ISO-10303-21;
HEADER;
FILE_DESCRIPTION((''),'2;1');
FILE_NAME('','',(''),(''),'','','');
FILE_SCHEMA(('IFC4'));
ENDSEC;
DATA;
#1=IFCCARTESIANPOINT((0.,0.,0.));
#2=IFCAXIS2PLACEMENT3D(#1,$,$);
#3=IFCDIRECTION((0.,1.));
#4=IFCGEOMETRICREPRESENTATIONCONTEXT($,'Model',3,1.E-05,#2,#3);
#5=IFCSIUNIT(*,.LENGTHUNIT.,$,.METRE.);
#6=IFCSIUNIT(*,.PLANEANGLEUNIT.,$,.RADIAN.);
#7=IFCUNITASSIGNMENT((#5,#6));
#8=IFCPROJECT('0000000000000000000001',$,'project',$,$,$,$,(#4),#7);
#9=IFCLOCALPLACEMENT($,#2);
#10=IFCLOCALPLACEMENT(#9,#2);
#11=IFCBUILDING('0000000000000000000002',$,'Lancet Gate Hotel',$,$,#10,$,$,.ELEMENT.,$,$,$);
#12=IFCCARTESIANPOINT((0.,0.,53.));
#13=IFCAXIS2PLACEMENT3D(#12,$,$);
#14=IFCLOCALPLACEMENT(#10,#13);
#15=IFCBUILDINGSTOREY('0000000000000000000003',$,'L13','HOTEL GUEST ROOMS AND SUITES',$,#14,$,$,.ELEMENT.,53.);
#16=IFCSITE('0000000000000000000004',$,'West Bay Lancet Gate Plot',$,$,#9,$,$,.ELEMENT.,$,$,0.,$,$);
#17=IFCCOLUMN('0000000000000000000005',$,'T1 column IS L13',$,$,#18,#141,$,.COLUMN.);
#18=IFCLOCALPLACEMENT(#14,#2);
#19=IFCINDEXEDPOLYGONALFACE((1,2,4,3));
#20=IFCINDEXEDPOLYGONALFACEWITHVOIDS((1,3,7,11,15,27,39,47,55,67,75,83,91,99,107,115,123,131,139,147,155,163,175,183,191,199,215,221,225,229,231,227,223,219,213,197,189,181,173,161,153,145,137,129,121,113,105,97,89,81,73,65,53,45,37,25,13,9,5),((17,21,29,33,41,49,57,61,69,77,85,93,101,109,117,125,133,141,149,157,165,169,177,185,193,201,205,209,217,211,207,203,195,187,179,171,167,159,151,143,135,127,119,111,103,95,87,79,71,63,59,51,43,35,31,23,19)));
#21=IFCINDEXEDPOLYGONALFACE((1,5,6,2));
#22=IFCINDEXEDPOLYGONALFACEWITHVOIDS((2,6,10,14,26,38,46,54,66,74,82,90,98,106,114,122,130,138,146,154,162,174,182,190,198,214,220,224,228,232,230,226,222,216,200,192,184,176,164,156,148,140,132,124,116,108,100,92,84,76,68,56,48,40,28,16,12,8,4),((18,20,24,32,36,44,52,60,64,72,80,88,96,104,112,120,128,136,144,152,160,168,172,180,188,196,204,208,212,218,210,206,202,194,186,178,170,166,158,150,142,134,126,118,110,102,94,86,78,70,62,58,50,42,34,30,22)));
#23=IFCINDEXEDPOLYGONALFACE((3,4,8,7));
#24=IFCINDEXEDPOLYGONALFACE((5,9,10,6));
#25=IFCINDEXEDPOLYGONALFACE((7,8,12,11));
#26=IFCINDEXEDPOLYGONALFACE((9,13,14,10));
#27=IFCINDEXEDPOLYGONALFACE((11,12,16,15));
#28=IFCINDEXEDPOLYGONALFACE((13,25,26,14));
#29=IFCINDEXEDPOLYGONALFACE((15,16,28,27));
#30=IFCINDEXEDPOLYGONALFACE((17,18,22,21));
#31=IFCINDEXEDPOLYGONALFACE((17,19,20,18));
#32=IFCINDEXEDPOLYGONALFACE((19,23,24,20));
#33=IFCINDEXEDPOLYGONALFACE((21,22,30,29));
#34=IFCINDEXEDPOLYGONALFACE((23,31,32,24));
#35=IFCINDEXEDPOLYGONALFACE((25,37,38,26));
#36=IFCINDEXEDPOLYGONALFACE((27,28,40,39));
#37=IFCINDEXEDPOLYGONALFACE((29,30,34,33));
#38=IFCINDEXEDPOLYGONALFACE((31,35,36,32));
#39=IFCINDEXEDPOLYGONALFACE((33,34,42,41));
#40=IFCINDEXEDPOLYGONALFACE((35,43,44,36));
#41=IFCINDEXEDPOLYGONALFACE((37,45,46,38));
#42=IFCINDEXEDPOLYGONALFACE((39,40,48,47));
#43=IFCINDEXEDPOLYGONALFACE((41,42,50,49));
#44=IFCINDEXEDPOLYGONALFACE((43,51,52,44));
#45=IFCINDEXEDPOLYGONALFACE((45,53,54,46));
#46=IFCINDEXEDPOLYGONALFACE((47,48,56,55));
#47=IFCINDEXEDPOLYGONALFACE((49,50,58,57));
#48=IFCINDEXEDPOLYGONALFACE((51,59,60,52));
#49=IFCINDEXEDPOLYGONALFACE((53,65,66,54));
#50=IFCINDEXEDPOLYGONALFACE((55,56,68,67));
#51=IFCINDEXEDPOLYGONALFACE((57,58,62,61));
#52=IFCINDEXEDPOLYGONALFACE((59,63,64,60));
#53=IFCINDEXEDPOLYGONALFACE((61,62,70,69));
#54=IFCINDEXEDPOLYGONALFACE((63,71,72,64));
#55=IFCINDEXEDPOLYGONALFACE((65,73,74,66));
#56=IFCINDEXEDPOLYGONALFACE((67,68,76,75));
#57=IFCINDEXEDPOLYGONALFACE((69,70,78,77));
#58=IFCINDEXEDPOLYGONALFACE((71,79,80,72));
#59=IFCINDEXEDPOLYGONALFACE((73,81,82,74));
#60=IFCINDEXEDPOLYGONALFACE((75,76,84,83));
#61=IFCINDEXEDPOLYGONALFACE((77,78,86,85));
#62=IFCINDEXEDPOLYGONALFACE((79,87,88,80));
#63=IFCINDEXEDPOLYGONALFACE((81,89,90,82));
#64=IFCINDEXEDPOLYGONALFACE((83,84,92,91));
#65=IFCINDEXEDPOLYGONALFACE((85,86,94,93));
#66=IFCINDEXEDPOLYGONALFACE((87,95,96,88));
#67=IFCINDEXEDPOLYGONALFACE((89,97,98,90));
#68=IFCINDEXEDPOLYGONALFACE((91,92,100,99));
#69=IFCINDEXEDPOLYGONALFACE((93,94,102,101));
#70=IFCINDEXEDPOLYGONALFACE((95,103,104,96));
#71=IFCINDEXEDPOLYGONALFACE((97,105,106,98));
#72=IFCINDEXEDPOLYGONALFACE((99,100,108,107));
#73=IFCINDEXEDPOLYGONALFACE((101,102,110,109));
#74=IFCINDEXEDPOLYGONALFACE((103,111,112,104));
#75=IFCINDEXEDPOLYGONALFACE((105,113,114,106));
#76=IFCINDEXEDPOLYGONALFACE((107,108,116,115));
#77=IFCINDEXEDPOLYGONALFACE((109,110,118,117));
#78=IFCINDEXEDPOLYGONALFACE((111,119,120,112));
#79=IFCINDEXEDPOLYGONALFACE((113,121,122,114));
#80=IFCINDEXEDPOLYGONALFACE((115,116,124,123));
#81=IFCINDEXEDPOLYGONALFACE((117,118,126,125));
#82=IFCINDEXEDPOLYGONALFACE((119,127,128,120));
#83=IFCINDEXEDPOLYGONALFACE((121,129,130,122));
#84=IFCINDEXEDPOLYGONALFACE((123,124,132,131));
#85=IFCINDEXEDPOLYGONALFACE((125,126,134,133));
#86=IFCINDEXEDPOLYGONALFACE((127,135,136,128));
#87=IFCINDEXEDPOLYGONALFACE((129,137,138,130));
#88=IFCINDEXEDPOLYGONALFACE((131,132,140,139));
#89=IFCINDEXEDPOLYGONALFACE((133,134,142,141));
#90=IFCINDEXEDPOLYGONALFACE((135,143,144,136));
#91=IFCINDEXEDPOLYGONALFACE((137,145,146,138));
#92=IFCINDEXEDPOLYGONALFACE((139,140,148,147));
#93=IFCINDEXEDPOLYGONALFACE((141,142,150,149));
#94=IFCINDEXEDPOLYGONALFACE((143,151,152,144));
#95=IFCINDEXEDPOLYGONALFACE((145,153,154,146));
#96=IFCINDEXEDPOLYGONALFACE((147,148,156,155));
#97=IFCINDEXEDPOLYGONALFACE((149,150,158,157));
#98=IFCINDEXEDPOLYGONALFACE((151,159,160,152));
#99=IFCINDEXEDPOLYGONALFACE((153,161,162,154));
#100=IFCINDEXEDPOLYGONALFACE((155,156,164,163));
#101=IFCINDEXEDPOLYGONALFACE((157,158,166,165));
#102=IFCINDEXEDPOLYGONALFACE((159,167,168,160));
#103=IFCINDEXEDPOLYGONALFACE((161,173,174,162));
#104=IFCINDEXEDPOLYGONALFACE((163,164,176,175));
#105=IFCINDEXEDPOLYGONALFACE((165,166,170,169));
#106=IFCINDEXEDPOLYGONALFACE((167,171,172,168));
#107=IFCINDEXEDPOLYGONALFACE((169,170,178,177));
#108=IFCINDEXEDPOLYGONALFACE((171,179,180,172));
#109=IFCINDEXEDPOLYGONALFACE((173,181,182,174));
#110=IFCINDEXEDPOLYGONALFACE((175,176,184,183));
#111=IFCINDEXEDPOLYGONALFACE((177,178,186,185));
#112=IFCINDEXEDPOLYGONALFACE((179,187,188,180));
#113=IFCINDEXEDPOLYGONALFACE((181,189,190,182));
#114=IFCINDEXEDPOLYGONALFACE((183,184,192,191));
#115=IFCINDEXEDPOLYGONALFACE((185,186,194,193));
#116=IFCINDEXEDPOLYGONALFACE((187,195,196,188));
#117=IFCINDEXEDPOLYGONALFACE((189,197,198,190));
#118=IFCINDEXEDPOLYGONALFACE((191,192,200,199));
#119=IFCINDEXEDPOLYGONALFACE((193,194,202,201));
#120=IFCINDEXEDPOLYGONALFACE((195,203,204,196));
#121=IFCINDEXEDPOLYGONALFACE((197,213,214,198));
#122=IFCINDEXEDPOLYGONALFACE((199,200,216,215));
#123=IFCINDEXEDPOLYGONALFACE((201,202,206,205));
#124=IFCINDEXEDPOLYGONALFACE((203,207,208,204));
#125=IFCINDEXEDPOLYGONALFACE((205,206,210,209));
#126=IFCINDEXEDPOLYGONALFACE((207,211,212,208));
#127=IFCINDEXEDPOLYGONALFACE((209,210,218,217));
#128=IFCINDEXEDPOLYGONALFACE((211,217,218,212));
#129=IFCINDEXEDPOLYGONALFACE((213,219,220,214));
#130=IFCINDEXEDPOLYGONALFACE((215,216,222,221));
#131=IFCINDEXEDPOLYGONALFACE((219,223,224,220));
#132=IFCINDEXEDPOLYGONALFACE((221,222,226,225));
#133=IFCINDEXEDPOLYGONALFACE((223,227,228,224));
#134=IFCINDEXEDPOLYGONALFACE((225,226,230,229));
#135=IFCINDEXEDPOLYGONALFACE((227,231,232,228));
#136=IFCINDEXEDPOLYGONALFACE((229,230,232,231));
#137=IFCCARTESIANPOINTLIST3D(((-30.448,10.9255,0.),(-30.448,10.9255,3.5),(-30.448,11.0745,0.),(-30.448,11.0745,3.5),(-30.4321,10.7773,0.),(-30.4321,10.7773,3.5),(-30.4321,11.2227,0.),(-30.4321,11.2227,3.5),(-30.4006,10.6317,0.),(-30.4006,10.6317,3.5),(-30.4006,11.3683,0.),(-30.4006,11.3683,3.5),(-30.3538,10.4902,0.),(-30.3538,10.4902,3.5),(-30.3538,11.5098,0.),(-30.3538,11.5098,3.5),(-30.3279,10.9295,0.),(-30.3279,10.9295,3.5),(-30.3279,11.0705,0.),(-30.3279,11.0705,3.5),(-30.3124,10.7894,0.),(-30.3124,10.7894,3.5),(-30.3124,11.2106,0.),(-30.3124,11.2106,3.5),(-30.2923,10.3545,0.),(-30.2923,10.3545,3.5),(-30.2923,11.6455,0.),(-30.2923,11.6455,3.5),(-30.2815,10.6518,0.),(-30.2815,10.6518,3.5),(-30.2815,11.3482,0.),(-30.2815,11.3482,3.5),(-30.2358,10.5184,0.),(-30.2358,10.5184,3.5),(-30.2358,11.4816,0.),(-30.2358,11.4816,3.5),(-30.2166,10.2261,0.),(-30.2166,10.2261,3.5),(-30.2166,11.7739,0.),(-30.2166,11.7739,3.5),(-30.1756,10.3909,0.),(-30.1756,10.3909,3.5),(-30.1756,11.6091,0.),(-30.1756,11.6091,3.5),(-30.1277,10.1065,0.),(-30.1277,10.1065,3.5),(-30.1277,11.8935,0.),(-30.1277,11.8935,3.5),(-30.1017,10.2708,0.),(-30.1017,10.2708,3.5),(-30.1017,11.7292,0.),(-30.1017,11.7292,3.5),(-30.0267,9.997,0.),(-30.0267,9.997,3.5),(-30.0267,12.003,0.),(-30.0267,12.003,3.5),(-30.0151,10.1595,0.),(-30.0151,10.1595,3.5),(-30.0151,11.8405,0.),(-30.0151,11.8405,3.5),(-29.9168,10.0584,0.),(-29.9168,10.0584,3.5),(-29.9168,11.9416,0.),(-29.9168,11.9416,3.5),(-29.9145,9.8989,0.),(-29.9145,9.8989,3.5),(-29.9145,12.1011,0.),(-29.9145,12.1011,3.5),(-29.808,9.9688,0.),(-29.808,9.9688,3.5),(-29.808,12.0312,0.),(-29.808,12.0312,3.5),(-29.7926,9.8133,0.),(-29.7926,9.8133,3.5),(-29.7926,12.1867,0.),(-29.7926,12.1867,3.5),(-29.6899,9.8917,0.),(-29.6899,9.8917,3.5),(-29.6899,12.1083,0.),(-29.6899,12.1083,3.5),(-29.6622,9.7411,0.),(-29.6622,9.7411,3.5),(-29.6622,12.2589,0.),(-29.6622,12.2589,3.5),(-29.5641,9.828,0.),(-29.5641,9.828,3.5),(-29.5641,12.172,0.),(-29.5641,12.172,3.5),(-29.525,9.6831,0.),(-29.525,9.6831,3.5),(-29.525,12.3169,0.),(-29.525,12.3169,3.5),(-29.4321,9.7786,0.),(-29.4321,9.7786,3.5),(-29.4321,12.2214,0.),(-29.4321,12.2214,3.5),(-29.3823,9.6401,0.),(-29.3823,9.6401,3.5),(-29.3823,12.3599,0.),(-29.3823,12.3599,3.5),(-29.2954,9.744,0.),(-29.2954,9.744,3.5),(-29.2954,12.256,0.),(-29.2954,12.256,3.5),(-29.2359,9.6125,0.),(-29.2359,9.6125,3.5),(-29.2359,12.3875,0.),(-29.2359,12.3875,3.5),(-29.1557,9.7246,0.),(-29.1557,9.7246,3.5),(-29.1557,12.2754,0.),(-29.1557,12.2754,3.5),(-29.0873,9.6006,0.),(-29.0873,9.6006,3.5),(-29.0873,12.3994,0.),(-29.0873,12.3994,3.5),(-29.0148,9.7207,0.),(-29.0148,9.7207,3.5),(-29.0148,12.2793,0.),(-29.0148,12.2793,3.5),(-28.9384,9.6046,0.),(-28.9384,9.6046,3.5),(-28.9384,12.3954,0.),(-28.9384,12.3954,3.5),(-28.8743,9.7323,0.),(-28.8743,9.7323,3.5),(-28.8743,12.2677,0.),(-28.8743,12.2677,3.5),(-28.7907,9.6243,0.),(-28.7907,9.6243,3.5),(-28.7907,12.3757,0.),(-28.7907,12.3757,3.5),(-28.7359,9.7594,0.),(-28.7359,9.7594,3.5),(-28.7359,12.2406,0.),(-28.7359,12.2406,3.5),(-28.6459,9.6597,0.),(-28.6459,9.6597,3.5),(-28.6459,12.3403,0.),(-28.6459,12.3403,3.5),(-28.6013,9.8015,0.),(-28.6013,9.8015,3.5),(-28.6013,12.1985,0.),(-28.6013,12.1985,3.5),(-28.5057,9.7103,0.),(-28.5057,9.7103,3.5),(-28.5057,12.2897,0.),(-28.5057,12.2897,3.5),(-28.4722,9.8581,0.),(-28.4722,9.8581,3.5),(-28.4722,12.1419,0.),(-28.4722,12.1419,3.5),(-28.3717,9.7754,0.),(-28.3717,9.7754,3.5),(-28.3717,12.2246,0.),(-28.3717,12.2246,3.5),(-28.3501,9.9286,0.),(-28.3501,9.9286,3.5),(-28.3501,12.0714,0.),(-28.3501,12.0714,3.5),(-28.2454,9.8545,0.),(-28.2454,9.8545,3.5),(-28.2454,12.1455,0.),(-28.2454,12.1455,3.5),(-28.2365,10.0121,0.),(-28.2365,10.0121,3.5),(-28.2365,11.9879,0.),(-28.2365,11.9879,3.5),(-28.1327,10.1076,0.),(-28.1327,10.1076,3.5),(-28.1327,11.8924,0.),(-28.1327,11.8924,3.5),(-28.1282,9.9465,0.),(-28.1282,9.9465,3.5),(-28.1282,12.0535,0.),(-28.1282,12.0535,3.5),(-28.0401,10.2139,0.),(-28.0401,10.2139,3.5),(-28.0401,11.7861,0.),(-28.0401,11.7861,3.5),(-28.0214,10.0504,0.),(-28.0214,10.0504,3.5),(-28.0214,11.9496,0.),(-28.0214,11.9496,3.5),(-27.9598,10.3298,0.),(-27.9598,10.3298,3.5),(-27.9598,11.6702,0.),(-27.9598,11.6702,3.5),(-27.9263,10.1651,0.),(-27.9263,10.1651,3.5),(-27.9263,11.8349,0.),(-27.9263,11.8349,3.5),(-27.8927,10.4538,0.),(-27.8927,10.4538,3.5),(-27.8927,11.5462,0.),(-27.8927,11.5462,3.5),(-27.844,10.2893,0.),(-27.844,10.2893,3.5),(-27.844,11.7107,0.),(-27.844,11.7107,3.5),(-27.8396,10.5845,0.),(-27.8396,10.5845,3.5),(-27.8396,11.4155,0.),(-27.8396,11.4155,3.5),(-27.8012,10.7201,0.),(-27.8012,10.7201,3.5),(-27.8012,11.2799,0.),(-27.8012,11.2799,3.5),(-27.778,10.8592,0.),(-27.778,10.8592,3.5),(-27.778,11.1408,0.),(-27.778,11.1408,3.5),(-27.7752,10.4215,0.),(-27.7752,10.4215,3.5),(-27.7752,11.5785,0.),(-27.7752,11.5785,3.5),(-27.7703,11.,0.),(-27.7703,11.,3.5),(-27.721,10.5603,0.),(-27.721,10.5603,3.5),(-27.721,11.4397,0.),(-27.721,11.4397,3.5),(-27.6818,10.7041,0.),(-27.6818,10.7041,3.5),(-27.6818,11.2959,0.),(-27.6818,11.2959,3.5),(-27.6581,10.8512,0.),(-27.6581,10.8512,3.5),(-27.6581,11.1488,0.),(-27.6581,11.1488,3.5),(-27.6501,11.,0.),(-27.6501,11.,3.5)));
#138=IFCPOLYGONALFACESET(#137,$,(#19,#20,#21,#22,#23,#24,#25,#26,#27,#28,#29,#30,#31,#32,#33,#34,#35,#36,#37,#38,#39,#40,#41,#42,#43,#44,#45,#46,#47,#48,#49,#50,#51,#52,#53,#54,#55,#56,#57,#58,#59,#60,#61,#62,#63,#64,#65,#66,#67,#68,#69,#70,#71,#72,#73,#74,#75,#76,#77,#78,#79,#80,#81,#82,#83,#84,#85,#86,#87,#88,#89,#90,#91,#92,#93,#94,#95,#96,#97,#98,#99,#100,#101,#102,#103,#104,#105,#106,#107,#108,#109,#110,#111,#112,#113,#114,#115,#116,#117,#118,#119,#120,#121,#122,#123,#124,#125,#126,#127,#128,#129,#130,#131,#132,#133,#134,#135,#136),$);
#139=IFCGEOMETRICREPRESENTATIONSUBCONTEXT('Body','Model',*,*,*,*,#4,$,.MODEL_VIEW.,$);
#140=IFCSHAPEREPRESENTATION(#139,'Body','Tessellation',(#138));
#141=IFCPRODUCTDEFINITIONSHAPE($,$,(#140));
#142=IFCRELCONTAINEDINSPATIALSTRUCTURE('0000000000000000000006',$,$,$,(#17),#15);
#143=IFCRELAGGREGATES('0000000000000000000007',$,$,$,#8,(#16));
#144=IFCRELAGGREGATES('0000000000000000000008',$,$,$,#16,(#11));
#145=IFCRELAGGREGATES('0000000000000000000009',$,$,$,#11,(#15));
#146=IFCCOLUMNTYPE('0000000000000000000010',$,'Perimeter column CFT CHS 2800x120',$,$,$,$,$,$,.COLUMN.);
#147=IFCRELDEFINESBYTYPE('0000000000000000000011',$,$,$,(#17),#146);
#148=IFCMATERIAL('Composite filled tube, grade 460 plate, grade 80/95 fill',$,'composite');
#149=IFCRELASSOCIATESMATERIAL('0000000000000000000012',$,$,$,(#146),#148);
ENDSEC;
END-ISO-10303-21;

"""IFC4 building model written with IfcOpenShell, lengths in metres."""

from ifc_helpers import new_model, si_unit, direction, frame, origin, origin_2d, place, context, subcontext, project, spatial, hollow_circle, extrude, material, material_profile, profile_set, type_object, element, save


model = new_model("IFC4")

# Units and contexts
model_context = context("Model", 3, precision=1e-05, world=origin(), true_north=direction((0.0, 1.0)))
body_context = subcontext(model_context, "Body", "Model", "MODEL_VIEW")
ifc_project = project(units=[si_unit("LENGTHUNIT", "METRE"), si_unit("PLANEANGLEUNIT", "RADIAN")], contexts=[model_context])

# Site, building, storey
site_placement = place(None, origin())
site = spatial("IfcSite", under=ifc_project, at=site_placement, Name="West Bay Lancet Gate Plot", CompositionType="ELEMENT", RefElevation=0.0)
building_placement = place(site_placement, origin())
building = spatial("IfcBuilding", under=site, at=building_placement, Name="Lancet Gate Hotel", CompositionType="ELEMENT")
storey_placement = place(building_placement, frame((0.0, 0.0, 53.0)))
storey = spatial("IfcBuildingStorey", under=building, at=storey_placement, Name="L13", Description="HOTEL GUEST ROOMS AND SUITES", CompositionType="ELEMENT", Elevation=53.0)

# Column
ifc_material_1 = material(Name="Composite filled tube, grade 460 plate, grade 80/95 fill", Category="composite")
ifc_material_profile_1 = material_profile(ifc_material_1, hollow_circle(Radius=1.3999, WallThickness=0.1201, at=origin_2d()), Name="CHS 2800x120")
ifc_profile_set_1 = profile_set([ifc_material_profile_1], Name="Composite filled tube, grade 460 plate, grade 80/95 fill")
column_type = type_object("IfcColumnType", Name="Perimeter column CFT CHS 2800x120", PredefinedType="COLUMN", material=ifc_profile_set_1)
for number, where, z_axis, x_axis, name in (
    (1, (-29.05, 11.0, 0.0), (0.0, 0.0, 1.0), (1.0, 0.0, 0.0), "T1 column IS L13"),
):
    element("IfcColumn", number, at=place(storey_placement, frame(where, z_axis=z_axis, x_axis=x_axis)), inside=storey, type_object=column_type, Name=name, PredefinedType="COLUMN", context=body_context, shape_type="SweptSolid", body=[
        extrude(hollow_circle(Radius=1.3999, WallThickness=0.1201, at=origin_2d()), origin(), (0.0, 0.0, 1.0), 3.5),
    ])

save(model, "model.ifc")
